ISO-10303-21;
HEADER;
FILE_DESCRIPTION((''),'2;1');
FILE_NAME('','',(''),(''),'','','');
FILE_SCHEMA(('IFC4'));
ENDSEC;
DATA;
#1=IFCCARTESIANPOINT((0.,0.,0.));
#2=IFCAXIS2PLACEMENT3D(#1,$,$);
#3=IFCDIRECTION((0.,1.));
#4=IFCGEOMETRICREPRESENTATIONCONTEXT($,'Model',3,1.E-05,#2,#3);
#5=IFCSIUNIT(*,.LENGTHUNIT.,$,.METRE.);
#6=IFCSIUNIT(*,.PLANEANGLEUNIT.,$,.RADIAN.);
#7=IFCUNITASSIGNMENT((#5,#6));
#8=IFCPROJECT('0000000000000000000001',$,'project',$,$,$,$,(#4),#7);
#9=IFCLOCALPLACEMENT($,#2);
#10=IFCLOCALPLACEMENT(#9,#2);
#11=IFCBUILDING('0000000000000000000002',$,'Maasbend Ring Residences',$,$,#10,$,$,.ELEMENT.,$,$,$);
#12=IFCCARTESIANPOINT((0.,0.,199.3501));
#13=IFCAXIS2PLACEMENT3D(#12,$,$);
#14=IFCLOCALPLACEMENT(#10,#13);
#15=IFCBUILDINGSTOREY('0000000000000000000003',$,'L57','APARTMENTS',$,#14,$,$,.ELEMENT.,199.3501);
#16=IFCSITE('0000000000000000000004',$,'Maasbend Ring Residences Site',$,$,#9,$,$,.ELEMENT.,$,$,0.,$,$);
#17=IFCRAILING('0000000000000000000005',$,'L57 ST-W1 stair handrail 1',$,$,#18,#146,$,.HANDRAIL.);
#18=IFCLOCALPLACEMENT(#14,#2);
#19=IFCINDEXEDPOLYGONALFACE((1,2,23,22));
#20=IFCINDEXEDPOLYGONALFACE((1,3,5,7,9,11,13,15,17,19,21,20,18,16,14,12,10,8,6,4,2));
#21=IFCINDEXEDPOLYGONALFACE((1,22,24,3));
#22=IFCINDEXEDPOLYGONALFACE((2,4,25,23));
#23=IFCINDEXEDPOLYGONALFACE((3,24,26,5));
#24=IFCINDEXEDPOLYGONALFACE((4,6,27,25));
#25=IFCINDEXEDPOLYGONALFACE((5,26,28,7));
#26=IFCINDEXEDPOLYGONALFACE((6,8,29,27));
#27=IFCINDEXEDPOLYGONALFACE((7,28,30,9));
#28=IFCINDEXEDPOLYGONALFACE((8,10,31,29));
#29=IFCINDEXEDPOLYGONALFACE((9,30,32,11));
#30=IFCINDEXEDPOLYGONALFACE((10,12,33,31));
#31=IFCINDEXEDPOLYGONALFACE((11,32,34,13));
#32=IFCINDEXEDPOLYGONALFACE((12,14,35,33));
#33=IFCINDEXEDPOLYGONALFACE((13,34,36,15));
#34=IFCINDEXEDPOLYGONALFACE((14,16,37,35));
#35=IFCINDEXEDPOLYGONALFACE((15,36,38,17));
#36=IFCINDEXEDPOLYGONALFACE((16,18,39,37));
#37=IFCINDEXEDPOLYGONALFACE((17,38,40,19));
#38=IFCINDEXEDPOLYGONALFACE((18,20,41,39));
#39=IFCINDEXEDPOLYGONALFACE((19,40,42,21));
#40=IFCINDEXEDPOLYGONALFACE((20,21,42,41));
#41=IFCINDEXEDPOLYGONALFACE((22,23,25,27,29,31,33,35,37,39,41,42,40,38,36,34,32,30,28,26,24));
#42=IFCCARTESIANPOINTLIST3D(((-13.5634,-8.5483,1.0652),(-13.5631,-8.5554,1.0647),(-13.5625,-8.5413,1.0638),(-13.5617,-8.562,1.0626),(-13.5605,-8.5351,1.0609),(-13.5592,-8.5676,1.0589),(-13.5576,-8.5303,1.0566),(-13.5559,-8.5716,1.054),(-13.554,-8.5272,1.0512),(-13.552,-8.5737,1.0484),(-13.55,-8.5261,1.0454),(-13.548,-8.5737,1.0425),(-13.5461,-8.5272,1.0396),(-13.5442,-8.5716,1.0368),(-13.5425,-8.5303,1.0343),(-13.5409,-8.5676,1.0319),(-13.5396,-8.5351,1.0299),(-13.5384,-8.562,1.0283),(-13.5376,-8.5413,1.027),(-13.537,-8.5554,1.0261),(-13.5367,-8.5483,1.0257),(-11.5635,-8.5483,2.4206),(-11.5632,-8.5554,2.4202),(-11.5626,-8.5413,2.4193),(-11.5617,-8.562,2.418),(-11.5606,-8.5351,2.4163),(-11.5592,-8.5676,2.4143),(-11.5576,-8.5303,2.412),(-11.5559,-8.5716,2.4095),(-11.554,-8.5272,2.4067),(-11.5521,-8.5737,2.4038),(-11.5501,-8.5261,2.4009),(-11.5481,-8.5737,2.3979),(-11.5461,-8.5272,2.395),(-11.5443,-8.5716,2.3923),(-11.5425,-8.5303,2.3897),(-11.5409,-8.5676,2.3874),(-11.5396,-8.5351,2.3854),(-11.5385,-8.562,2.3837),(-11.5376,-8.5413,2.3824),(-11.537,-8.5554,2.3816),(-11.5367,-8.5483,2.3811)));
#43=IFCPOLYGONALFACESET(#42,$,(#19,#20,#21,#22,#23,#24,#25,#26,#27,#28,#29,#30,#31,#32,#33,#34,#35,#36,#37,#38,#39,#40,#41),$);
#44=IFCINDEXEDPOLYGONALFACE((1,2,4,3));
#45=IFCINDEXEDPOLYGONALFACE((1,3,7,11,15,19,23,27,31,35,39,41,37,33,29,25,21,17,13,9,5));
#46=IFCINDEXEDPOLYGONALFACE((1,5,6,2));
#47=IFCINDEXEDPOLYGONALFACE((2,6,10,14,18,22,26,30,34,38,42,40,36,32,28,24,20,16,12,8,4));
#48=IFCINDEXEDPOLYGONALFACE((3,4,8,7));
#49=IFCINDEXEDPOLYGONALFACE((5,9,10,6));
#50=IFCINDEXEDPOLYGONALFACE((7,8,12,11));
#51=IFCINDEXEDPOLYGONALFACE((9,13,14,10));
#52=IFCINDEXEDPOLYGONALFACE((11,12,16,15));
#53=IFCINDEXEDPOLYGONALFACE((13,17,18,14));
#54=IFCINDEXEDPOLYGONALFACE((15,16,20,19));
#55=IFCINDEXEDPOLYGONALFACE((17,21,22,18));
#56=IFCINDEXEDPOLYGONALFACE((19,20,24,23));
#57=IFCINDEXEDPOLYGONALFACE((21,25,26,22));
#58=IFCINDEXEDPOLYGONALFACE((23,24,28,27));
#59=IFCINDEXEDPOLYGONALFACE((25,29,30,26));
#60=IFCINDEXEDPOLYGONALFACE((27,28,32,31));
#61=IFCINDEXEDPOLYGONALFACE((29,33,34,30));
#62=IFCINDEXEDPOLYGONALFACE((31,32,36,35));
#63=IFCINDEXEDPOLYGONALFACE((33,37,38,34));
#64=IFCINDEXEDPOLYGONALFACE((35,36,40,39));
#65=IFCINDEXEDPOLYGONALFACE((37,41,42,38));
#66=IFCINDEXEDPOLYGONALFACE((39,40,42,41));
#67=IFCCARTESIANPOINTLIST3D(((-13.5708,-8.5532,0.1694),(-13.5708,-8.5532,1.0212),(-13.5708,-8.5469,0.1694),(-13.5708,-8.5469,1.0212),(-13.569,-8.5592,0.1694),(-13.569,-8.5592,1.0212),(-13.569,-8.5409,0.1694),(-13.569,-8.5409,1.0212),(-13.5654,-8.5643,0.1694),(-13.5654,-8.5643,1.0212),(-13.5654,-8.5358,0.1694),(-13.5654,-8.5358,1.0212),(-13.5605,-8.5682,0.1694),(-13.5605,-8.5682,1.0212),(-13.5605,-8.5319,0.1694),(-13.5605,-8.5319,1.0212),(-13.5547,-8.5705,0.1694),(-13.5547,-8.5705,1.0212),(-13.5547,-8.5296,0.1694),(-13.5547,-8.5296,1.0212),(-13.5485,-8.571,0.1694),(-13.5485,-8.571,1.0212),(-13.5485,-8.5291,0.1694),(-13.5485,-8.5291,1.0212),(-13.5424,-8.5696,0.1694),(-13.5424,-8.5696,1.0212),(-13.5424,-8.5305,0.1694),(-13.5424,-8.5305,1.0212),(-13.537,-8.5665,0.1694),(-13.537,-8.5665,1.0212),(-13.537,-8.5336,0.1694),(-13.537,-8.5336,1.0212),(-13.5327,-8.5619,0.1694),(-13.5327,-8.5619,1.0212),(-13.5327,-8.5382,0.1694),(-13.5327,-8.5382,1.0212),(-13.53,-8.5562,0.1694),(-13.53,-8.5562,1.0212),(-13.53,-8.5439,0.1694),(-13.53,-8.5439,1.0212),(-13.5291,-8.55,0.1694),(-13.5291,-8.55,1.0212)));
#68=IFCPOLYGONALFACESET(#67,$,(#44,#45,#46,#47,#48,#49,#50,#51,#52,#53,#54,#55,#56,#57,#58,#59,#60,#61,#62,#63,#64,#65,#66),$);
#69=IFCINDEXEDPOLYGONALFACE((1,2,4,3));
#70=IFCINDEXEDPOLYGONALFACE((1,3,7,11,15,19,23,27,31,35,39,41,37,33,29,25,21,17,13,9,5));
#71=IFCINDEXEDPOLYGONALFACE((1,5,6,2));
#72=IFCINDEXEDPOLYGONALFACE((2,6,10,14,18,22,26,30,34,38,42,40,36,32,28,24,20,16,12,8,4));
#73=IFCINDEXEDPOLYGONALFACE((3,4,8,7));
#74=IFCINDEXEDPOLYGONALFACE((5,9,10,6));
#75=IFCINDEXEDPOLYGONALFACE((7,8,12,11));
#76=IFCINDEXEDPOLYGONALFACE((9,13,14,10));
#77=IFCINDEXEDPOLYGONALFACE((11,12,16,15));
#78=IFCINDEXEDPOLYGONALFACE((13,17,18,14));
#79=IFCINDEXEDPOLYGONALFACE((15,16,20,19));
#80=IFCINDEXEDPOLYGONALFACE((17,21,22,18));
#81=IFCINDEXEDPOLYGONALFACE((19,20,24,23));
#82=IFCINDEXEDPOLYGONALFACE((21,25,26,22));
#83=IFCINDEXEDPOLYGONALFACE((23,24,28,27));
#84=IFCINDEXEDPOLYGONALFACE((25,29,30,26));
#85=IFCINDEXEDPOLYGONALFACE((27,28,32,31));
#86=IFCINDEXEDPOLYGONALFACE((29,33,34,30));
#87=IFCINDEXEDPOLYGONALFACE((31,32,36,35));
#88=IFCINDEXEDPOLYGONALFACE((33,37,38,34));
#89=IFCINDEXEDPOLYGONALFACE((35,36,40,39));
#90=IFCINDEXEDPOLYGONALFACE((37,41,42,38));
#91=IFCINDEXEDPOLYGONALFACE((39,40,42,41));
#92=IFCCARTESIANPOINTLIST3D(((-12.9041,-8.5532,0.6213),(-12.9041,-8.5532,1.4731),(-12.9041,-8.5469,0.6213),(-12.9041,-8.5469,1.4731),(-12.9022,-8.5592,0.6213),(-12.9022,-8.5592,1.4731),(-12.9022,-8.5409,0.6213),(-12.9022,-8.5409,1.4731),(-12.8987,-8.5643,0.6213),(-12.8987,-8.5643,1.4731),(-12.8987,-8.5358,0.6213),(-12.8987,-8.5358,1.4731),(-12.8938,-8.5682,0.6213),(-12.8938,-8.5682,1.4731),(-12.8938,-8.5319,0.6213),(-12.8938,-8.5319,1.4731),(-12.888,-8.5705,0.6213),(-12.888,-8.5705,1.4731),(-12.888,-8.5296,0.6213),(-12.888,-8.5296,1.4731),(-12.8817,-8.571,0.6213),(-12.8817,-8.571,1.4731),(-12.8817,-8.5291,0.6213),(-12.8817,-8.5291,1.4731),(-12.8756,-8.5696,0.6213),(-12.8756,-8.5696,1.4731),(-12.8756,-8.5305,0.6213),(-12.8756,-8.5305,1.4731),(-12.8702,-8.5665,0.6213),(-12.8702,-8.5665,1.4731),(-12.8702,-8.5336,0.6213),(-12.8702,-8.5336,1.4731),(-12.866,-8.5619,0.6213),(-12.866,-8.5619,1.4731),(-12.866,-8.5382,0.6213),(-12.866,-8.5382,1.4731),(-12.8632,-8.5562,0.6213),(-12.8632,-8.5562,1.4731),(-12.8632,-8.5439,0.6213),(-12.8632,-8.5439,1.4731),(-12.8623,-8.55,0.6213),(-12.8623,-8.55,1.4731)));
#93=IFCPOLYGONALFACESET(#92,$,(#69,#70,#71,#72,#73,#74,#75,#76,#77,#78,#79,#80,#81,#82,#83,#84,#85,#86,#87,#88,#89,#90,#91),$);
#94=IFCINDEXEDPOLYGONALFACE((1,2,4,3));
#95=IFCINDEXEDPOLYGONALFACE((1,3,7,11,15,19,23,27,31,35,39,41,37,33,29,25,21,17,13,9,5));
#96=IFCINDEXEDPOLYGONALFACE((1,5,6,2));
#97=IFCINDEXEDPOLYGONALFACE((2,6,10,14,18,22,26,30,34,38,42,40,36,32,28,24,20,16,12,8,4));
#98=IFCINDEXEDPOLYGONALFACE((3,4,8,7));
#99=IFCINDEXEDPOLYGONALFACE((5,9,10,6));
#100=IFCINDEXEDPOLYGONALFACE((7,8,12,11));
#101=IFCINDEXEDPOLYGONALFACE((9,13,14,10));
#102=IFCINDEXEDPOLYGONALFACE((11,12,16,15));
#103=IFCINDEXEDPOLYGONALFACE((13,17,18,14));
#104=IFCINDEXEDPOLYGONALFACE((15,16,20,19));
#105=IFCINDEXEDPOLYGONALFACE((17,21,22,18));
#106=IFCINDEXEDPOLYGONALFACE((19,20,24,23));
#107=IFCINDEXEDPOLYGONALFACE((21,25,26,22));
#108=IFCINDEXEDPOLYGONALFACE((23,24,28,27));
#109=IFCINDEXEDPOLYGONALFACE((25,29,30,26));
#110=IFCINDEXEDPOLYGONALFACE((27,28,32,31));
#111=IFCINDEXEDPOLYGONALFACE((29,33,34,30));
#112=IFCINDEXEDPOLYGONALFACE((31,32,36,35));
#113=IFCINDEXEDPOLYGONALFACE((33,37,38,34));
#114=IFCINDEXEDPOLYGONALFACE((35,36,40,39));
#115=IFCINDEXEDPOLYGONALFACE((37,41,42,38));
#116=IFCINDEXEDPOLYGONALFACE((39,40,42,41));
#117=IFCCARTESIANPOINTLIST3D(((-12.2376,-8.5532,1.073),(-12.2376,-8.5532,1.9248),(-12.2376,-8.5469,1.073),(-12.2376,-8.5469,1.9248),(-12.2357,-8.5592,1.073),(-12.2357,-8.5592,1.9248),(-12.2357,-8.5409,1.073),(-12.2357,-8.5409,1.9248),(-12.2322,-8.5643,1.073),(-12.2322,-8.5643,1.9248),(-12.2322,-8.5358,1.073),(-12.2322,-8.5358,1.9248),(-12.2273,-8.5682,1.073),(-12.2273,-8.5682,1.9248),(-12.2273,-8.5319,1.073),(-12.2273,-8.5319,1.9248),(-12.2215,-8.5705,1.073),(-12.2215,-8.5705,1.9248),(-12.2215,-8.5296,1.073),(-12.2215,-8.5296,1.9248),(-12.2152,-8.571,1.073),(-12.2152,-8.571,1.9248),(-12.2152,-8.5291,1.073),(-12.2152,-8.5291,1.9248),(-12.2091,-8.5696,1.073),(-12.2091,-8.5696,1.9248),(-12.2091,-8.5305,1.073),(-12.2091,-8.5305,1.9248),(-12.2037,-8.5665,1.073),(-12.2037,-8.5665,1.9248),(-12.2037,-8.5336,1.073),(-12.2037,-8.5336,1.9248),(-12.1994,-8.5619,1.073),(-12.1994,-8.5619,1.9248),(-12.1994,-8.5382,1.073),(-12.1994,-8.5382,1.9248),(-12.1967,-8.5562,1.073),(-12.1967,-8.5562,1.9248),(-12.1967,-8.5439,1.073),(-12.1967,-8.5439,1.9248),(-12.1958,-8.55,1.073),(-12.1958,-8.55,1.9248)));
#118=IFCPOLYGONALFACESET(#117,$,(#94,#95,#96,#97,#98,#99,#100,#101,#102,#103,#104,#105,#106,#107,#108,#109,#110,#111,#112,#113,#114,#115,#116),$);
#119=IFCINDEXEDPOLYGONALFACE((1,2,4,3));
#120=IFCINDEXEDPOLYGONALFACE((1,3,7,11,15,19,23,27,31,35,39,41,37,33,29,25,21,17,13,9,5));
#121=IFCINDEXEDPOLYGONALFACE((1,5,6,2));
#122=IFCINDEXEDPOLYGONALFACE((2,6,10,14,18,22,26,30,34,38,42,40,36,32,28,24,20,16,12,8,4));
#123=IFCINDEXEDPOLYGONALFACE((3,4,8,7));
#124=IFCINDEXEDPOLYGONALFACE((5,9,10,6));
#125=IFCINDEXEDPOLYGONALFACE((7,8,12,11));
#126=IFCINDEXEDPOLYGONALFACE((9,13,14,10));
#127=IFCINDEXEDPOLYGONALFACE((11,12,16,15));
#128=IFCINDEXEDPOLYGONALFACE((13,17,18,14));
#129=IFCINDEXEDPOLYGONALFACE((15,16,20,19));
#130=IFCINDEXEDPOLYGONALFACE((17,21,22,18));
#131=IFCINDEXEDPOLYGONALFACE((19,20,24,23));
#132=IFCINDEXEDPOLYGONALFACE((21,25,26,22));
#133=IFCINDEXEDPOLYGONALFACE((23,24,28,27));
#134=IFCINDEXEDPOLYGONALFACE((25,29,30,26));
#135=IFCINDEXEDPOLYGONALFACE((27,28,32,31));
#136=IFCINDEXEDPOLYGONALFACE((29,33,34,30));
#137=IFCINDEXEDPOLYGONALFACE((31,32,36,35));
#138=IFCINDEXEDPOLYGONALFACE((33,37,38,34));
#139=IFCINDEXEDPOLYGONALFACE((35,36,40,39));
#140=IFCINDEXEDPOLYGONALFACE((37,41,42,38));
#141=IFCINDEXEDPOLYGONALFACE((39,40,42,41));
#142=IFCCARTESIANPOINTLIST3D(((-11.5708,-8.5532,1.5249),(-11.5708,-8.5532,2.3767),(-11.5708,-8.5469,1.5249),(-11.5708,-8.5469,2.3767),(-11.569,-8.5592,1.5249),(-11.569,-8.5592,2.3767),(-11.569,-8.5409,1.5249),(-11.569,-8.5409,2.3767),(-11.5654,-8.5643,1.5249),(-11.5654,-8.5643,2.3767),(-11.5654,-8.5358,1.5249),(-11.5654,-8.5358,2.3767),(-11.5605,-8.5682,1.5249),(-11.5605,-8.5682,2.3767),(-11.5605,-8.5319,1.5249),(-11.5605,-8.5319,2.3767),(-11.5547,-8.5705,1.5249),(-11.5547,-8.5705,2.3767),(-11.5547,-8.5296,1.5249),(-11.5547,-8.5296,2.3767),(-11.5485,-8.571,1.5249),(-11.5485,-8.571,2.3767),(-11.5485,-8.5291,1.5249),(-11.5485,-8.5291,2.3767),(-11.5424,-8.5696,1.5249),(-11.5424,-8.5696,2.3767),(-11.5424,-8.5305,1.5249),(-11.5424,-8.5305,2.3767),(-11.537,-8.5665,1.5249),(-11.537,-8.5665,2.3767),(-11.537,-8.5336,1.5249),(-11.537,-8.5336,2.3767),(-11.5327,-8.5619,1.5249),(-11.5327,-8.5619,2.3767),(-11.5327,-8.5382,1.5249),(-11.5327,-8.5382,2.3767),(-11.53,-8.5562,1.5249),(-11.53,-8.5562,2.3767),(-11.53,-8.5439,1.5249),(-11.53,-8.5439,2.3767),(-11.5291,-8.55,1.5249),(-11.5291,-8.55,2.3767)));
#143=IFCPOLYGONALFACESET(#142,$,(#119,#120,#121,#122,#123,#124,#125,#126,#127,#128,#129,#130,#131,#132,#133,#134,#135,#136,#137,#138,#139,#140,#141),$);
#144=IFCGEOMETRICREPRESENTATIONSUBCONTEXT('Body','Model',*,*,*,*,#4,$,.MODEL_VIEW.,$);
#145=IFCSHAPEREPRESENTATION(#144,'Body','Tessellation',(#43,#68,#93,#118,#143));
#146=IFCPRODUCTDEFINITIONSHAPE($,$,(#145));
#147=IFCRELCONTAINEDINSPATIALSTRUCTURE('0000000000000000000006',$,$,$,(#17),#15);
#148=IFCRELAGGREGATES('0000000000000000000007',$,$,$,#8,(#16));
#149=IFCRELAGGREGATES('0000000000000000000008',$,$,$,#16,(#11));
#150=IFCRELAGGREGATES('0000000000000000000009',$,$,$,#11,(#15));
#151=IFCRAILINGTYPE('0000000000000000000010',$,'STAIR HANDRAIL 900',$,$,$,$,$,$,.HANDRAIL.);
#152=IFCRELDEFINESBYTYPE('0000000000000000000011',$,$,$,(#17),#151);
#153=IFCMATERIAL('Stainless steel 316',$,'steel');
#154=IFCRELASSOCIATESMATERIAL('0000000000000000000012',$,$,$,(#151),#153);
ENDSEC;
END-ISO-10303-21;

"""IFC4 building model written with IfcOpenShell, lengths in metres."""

from ifc_helpers import new_model, si_unit, direction, frame, origin, origin_2d, place, context, subcontext, project, spatial, circle, extrude, material, type_object, element, save


model = new_model("IFC4")

# Units and contexts
model_context = context("Model", 3, precision=1e-05, world=origin(), true_north=direction((0.0, 1.0)))
body_context = subcontext(model_context, "Body", "Model", "MODEL_VIEW")
ifc_project = project(units=[si_unit("LENGTHUNIT", "METRE"), si_unit("PLANEANGLEUNIT", "RADIAN")], contexts=[model_context])

# Site, building, storey
site_placement = place(None, origin())
site = spatial("IfcSite", under=ifc_project, at=site_placement, Name="Maasbend Ring Residences Site", CompositionType="ELEMENT", RefElevation=0.0)
building_placement = place(site_placement, origin())
building = spatial("IfcBuilding", under=site, at=building_placement, Name="Maasbend Ring Residences", CompositionType="ELEMENT")
storey_placement = place(building_placement, frame((0.0, 0.0, 199.3501)))
storey = spatial("IfcBuildingStorey", under=building, at=storey_placement, Name="L57", Description="APARTMENTS", CompositionType="ELEMENT", Elevation=199.3501)

# Railing
ifc_material_1 = material(Name="Stainless steel 316", Category="steel")
railing_type_1 = type_object("IfcRailingType", Name="STAIR HANDRAIL 900", PredefinedType="HANDRAIL", material=ifc_material_1)
railing_1_placement = place(storey_placement, frame((-13.55, -8.55, 0.1694)))
element("IfcRailing", 1, at=railing_1_placement, inside=storey, type_object=railing_type_1, Name="L57 ST-W1 stair handrail 1", PredefinedType="HANDRAIL", context=body_context, shape_type="SweptSolid", body=[
    extrude(circle(Radius=0.0239, at=origin_2d()), frame((0.0, 0.0, 0.876), z_axis=(0.827798, 0.0, 0.561027), x_axis=(0.0, 1.0, 0.0)), (0.0, 0.0, 1.0), 2.416),
    extrude(circle(Radius=0.021, at=origin_2d()), origin(), (0.0, 0.0, 1.0), 0.8518),
    extrude(circle(Radius=0.021, at=origin_2d()), frame((0.6667, 0.0, 0.4519)), (0.0, 0.0, 1.0), 0.8518),
    extrude(circle(Radius=0.021, at=origin_2d()), frame((1.3333, 0.0, 0.9036)), (0.0, 0.0, 1.0), 0.8518),
    extrude(circle(Radius=0.021, at=origin_2d()), frame((2.0, 0.0, 1.3555)), (0.0, 0.0, 1.0), 0.8518),
])

save(model, "model.ifc")
